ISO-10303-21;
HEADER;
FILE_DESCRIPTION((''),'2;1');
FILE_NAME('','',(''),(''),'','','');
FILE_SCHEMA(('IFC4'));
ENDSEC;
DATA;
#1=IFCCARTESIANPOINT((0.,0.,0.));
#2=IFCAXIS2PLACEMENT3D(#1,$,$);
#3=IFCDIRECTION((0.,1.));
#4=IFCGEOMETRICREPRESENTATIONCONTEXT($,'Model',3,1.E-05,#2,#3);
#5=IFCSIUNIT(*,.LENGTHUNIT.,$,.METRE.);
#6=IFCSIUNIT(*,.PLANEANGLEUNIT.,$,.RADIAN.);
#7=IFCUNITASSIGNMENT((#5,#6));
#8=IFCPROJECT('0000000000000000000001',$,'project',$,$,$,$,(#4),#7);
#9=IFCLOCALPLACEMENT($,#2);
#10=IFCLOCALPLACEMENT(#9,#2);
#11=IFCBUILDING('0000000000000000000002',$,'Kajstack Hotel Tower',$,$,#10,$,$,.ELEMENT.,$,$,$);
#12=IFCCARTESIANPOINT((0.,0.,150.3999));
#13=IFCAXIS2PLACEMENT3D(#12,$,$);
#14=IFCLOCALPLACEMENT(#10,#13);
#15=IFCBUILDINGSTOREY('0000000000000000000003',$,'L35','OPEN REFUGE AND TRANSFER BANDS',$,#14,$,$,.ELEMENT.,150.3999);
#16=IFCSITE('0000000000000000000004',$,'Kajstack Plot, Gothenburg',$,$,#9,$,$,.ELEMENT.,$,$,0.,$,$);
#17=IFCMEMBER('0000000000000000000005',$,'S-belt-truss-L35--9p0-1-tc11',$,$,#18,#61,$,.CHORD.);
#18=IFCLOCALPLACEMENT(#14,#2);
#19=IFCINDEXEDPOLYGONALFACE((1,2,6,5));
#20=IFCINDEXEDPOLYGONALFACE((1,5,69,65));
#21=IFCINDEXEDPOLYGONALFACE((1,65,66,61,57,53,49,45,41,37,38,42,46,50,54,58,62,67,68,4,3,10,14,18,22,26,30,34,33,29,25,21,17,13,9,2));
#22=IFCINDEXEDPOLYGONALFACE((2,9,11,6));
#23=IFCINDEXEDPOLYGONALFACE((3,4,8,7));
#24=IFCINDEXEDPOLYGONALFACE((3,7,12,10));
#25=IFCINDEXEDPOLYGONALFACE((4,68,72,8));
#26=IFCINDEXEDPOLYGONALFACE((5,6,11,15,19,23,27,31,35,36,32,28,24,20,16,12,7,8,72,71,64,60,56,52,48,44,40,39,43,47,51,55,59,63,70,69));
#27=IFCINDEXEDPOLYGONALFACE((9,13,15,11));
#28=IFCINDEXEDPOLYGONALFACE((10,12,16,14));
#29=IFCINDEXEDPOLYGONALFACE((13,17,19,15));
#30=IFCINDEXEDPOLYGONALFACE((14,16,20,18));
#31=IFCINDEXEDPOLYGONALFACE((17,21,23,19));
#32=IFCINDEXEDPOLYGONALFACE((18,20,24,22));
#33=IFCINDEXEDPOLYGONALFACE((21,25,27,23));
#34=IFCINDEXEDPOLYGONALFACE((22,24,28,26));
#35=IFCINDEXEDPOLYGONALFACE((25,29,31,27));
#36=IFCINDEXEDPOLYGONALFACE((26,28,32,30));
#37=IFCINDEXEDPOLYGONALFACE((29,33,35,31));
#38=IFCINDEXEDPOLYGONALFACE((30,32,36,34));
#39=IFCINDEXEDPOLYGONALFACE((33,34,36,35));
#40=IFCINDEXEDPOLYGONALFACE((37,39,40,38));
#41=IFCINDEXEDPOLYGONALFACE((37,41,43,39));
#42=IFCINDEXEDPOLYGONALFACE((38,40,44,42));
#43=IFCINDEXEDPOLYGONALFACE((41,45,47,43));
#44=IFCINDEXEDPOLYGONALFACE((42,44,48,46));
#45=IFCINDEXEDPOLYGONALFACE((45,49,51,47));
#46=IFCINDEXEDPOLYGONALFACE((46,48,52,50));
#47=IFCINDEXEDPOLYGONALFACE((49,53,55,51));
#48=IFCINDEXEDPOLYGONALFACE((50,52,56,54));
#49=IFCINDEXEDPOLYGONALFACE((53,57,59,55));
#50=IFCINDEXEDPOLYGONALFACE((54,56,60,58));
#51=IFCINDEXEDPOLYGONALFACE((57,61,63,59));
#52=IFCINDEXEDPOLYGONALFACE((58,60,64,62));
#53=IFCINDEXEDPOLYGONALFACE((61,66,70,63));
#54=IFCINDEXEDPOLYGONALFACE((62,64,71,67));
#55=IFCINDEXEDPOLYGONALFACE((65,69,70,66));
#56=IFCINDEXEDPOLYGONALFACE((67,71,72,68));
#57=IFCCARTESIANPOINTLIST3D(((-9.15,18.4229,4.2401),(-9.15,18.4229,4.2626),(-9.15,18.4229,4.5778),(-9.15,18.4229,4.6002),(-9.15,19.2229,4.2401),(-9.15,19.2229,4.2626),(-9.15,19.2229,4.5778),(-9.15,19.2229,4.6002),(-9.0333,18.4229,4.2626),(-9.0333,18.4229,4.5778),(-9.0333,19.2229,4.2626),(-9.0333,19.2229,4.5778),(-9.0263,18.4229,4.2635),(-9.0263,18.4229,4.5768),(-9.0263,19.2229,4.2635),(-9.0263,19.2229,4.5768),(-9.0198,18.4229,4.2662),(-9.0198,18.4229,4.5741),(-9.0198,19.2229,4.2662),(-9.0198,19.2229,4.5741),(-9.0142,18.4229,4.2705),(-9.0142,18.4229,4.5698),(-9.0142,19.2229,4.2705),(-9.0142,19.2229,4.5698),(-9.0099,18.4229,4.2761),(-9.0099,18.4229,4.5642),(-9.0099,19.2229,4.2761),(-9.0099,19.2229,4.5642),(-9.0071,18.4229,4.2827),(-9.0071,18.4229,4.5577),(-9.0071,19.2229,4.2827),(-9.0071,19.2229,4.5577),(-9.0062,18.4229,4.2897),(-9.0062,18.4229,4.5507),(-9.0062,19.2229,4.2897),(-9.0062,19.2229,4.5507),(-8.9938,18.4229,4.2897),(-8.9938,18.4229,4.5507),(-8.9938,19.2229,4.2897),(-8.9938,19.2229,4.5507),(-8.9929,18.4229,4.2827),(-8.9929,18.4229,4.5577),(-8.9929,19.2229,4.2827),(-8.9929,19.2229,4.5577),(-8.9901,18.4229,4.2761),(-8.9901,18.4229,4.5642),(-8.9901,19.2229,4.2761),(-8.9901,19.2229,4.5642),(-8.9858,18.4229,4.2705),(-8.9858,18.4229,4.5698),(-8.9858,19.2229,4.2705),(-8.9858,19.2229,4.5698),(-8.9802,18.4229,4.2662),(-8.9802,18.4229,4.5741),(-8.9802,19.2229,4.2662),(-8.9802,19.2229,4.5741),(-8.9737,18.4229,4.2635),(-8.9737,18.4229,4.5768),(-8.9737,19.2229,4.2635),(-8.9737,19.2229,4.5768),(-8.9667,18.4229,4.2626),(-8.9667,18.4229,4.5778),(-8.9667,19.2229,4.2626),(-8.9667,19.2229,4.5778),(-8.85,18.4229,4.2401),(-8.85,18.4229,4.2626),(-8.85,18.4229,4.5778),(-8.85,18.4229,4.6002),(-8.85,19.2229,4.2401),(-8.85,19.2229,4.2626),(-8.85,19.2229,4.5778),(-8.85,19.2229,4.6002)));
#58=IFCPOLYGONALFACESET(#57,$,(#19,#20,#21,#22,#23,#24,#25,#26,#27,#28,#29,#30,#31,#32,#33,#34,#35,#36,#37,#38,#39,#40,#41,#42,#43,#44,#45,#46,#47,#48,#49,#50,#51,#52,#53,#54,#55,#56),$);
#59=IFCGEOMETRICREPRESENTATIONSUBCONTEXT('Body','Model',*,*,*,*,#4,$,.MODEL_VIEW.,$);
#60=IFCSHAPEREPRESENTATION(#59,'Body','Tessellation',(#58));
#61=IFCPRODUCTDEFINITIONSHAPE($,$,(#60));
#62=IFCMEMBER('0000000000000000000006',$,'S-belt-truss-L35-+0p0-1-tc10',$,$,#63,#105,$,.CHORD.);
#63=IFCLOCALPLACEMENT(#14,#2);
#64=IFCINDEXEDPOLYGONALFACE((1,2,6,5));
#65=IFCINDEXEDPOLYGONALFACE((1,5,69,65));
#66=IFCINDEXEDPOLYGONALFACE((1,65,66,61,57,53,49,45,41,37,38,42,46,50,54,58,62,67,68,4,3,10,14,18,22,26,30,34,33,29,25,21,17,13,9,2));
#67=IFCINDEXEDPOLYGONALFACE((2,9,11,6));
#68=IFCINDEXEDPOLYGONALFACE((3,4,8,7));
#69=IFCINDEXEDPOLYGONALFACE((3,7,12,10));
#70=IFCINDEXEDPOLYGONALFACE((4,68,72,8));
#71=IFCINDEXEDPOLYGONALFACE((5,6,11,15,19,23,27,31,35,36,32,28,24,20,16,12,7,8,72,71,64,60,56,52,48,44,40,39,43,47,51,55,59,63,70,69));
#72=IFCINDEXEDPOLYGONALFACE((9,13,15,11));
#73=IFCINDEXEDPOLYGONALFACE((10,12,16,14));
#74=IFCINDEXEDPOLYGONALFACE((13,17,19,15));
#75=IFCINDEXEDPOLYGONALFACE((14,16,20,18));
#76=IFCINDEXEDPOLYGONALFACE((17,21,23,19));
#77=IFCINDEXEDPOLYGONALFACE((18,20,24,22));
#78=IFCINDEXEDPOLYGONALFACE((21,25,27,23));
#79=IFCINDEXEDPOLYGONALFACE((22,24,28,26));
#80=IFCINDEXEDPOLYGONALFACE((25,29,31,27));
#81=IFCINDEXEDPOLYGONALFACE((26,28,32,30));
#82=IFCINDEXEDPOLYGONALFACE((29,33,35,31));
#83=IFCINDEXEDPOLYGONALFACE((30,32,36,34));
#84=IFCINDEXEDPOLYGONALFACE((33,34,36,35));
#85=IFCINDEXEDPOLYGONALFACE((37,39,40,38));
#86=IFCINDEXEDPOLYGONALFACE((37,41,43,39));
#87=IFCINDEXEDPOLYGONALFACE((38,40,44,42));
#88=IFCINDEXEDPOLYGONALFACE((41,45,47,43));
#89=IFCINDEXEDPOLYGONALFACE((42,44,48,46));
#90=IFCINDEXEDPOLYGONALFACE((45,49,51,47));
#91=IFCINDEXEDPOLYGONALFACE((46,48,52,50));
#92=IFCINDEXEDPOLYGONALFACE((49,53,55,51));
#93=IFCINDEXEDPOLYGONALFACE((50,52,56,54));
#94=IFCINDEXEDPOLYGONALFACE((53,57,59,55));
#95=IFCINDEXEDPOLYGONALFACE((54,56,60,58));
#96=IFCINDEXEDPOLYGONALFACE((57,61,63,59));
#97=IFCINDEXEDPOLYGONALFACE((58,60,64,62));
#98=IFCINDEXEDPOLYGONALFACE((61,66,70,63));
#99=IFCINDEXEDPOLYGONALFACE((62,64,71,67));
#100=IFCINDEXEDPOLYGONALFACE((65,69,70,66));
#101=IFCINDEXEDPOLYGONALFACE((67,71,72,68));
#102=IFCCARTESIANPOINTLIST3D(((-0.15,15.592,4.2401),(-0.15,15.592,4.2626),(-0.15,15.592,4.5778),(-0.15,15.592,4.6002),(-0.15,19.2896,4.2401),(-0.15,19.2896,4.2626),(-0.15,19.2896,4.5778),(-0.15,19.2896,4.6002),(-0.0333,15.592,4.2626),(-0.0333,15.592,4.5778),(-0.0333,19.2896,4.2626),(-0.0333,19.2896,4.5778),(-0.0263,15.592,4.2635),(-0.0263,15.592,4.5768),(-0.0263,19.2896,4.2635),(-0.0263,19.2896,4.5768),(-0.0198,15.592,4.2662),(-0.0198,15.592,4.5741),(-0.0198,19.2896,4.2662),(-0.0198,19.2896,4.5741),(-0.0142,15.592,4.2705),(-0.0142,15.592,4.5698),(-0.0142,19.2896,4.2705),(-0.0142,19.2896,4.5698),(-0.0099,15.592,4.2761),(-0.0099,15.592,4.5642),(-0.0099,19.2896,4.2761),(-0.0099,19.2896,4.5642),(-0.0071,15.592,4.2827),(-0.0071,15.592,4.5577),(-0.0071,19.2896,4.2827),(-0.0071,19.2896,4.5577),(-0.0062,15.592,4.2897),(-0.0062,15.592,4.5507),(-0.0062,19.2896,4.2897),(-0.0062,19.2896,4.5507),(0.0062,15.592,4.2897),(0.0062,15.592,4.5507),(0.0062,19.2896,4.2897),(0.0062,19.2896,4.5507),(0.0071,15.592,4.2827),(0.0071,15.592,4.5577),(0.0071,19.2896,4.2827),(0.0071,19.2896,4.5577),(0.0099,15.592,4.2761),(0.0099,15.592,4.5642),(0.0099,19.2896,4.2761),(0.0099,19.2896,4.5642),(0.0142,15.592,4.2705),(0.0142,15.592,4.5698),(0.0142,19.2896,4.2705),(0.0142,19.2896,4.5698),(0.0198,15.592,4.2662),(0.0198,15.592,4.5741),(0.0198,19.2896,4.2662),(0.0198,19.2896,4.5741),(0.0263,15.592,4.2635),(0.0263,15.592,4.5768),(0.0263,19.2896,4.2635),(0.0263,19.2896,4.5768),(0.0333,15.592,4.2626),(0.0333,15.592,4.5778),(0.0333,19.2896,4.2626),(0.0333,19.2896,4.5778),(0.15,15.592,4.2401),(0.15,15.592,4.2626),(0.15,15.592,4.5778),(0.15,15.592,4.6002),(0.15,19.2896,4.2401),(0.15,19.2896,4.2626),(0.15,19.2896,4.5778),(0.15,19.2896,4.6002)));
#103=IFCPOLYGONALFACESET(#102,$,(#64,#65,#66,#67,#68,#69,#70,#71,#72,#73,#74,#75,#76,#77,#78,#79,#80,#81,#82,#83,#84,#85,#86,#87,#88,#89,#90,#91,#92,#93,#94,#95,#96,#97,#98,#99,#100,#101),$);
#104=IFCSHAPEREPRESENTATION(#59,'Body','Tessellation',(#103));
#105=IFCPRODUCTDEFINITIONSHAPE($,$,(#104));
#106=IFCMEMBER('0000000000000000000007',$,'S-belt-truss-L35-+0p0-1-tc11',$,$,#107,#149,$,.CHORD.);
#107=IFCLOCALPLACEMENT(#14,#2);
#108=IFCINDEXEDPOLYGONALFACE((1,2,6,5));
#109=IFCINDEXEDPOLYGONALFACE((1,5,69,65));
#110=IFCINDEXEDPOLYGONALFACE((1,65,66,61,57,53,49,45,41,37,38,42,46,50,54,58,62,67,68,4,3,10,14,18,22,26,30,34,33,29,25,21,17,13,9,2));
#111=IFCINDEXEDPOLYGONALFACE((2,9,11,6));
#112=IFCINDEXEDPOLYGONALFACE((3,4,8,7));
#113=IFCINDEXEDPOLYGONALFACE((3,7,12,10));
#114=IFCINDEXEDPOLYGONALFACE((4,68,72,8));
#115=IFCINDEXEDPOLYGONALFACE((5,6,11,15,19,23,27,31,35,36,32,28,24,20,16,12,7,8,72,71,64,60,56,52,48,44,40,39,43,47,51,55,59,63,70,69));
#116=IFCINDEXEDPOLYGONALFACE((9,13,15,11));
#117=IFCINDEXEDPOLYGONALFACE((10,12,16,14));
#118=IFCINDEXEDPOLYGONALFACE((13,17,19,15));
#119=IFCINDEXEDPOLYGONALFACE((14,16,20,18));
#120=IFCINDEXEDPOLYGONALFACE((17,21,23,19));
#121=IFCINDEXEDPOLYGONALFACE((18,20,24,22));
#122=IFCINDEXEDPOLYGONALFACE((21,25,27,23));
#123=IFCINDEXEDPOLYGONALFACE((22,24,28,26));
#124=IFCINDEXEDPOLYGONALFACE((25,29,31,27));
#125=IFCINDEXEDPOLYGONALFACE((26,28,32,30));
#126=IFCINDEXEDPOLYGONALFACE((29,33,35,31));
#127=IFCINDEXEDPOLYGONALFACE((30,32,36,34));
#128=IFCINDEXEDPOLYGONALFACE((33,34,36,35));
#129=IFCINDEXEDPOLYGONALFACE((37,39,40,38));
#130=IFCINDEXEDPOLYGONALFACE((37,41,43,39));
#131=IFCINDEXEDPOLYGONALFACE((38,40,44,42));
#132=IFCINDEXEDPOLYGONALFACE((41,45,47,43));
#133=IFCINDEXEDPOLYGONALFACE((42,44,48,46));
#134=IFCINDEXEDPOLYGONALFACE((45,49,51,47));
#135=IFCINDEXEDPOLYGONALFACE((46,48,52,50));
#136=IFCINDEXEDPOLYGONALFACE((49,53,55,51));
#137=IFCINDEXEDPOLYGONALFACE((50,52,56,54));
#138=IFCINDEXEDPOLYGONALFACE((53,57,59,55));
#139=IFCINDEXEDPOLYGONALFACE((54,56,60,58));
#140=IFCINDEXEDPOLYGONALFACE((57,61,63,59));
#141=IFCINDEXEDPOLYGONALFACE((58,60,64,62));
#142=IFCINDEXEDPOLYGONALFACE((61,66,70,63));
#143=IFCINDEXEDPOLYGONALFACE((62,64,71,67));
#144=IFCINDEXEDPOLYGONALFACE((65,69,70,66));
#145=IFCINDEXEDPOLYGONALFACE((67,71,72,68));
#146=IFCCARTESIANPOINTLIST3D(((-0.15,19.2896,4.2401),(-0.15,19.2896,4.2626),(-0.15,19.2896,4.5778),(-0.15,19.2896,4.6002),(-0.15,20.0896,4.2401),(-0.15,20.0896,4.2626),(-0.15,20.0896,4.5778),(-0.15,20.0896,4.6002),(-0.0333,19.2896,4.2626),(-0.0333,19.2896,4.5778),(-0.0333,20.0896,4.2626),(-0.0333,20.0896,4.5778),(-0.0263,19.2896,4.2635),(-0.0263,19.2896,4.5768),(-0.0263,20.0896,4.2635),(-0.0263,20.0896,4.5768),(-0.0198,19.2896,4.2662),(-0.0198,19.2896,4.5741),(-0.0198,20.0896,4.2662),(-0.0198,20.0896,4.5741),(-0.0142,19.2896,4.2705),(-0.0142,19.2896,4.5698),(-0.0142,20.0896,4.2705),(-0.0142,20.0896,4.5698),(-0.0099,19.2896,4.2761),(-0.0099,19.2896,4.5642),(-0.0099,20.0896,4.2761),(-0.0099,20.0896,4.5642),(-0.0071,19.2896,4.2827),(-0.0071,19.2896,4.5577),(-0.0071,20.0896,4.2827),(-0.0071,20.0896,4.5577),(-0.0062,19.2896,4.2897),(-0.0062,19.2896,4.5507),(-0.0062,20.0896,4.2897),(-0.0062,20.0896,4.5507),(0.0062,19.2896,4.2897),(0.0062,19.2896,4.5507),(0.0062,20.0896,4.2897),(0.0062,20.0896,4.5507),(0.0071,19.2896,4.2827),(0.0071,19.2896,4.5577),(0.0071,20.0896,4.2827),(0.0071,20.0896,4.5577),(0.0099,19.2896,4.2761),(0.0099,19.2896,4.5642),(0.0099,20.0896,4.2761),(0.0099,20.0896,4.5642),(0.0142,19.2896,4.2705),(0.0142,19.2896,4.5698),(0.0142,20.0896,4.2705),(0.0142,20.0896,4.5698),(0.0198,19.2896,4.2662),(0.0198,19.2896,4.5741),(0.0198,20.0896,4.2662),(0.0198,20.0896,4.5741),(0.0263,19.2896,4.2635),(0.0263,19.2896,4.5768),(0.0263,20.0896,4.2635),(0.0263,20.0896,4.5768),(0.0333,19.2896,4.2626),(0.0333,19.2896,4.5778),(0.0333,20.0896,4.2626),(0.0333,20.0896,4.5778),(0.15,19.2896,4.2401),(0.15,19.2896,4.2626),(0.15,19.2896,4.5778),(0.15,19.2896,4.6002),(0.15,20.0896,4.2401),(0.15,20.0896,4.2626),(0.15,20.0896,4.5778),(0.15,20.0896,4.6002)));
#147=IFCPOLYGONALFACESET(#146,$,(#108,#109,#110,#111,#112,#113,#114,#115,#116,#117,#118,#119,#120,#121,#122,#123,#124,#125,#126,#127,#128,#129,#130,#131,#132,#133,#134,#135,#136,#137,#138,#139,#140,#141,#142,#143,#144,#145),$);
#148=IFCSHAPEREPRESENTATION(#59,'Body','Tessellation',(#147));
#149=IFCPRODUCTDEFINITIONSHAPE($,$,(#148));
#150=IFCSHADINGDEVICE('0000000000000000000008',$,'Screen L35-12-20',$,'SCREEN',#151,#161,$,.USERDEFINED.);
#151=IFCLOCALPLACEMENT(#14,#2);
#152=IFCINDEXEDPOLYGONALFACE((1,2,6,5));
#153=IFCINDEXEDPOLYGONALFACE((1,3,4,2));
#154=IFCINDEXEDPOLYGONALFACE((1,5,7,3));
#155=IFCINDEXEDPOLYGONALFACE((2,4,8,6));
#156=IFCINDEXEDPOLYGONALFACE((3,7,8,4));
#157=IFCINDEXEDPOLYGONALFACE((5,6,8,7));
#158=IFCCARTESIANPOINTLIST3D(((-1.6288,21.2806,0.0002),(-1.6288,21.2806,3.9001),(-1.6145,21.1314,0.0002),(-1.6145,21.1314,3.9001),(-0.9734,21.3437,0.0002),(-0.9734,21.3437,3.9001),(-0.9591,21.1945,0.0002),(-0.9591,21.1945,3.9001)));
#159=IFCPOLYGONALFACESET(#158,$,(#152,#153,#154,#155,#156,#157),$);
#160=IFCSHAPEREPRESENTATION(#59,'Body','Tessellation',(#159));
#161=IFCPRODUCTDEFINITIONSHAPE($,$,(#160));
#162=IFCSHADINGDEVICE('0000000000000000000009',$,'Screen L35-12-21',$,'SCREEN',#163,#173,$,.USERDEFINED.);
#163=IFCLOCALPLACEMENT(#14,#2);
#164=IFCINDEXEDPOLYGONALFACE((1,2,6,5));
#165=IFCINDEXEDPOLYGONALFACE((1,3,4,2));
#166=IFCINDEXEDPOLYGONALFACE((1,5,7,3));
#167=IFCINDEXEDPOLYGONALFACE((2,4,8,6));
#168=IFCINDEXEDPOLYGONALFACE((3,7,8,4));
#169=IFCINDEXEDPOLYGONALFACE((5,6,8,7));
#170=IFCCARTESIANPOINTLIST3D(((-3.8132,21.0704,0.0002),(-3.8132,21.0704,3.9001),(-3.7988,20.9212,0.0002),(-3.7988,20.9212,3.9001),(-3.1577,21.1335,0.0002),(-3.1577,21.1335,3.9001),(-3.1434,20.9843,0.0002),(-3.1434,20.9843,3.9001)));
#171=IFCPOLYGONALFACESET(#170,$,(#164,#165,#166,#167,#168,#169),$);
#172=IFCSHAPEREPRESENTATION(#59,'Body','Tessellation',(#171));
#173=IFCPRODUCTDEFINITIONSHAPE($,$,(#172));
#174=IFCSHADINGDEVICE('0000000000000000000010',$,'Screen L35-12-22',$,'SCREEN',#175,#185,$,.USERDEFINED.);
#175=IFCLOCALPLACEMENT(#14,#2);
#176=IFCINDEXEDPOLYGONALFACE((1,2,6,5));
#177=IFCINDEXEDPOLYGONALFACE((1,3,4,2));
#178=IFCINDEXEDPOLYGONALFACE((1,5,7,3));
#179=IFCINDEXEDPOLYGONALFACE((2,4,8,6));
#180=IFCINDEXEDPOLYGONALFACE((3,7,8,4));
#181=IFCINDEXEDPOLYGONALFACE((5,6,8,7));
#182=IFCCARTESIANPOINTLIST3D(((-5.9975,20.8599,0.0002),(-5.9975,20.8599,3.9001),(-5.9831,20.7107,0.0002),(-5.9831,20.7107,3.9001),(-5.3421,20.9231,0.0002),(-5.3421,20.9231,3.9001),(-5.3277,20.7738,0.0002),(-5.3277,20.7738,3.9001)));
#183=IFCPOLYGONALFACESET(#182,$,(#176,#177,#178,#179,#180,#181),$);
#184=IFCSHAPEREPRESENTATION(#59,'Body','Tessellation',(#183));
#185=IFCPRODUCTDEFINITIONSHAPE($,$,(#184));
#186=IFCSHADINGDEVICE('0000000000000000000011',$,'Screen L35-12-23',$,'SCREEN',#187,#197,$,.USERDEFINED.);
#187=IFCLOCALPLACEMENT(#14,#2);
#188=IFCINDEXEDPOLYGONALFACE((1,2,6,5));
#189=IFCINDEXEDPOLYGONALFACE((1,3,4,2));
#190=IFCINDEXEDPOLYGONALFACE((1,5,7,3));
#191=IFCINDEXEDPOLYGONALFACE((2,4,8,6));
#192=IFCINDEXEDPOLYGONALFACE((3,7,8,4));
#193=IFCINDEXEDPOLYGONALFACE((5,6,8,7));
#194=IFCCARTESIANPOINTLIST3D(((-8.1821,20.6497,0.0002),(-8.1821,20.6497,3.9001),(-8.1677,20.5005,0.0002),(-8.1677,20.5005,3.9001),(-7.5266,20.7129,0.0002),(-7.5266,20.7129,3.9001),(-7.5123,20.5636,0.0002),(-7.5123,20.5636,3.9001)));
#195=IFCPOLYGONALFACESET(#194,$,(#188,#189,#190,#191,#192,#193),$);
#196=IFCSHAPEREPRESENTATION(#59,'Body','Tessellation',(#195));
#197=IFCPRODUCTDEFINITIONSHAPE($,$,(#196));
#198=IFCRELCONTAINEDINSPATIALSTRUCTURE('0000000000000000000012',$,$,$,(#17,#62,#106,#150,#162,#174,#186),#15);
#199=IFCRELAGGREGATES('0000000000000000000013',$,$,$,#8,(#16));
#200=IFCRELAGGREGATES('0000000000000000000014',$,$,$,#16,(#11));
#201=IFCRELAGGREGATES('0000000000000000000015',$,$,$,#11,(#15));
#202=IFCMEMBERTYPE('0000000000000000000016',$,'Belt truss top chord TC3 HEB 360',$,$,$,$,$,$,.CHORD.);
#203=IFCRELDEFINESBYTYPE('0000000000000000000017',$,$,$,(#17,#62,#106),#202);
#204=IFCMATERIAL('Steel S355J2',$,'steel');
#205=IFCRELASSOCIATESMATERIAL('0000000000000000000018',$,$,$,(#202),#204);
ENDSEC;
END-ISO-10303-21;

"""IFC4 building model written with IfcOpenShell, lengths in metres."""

from ifc_helpers import new_model, si_unit, direction, frame, origin, origin_2d, place, context, subcontext, project, spatial, rectangle, i_section, extrude, material, material_profile, profile_set, type_object, element, save


model = new_model("IFC4")

# Units and contexts
model_context = context("Model", 3, precision=1e-05, world=origin(), true_north=direction((0.0, 1.0)))
body_context = subcontext(model_context, "Body", "Model", "MODEL_VIEW")
ifc_project = project(units=[si_unit("LENGTHUNIT", "METRE"), si_unit("PLANEANGLEUNIT", "RADIAN")], contexts=[model_context])

# Site, building, storey
site_placement = place(None, origin())
site = spatial("IfcSite", under=ifc_project, at=site_placement, Name="Kajstack Plot, Gothenburg", CompositionType="ELEMENT", RefElevation=0.0)
building_placement = place(site_placement, origin())
building = spatial("IfcBuilding", under=site, at=building_placement, Name="Kajstack Hotel Tower", CompositionType="ELEMENT")
storey_placement = place(building_placement, frame((0.0, 0.0, 150.3999)))
storey = spatial("IfcBuildingStorey", under=building, at=storey_placement, Name="L35", Description="OPEN REFUGE AND TRANSFER BANDS", CompositionType="ELEMENT", Elevation=150.3999)

# Members
ifc_material = material(Name="Steel S355J2", Category="steel")
ifc_material_profile_1 = material_profile(ifc_material, i_section(OverallWidth=0.3, OverallDepth=0.3601, WebThickness=0.0125, FlangeThickness=0.0225, FilletRadius=0.0271, at=origin_2d()), Name="HEB 360")
ifc_profile_set_1 = profile_set([ifc_material_profile_1], Name="Steel S355J2")
member_type_1 = type_object("IfcMemberType", Name="Belt truss top chord TC3 HEB 360", PredefinedType="CHORD", material=ifc_profile_set_1)
member_1_placement = place(storey_placement, frame((-9.0, 18.4229, 4.4202), z_axis=(0.0, 1.0, 0.0), x_axis=(-1.0, 0.0, 0.0)))
element("IfcMember", 1, at=member_1_placement, inside=storey, type_object=member_type_1, Name="S-belt-truss-L35--9p0-1-tc11", PredefinedType="CHORD", context=body_context, shape_type="SweptSolid", body=[
    extrude(i_section(OverallWidth=0.3, OverallDepth=0.3601, WebThickness=0.0125, FlangeThickness=0.0225, FilletRadius=0.0271, at=origin_2d()), origin(), (0.0, 0.0, 1.0), 0.8),
])
member_2_placement = place(storey_placement, frame((0.0, 15.592, 4.4202), z_axis=(0.0, 1.0, 0.0), x_axis=(-1.0, 0.0, 0.0)))
element("IfcMember", 2, at=member_2_placement, inside=storey, type_object=member_type_1, Name="S-belt-truss-L35-+0p0-1-tc10", PredefinedType="CHORD", context=body_context, shape_type="SweptSolid", body=[
    extrude(i_section(OverallWidth=0.3, OverallDepth=0.3601, WebThickness=0.0125, FlangeThickness=0.0225, FilletRadius=0.0271, at=origin_2d()), origin(), (0.0, 0.0, 1.0), 3.6975),
])
member_3_placement = place(storey_placement, frame((0.0, 19.2896, 4.4202), z_axis=(0.0, 1.0, 0.0), x_axis=(-1.0, 0.0, 0.0)))
element("IfcMember", 3, at=member_3_placement, inside=storey, type_object=member_type_1, Name="S-belt-truss-L35-+0p0-1-tc11", PredefinedType="CHORD", context=body_context, shape_type="SweptSolid", body=[
    extrude(i_section(OverallWidth=0.3, OverallDepth=0.3601, WebThickness=0.0125, FlangeThickness=0.0225, FilletRadius=0.0271, at=origin_2d()), origin(), (0.0, 0.0, 1.0), 0.8),
])

# Shading devices
for number, where, z_axis, x_axis, name in (
    (4, (-1.2939, 21.2375, 0.0002), (0.0, 0.0, 1.0), (-0.995396, -0.095846, 0.0), "Screen L35-12-20"),
    (5, (-3.4783, 21.0273, 0.0002), (0.0, 0.0, 1.0), (-0.995396, -0.095846, 0.0), "Screen L35-12-21"),
    (6, (-5.6626, 20.8169, 0.0002), (0.0, 0.0, 1.0), (-0.995396, -0.095846, 0.0), "Screen L35-12-22"),
    (7, (-7.8472, 20.6067, 0.0002), (0.0, 0.0, 1.0), (-0.995396, -0.095846, 0.0), "Screen L35-12-23"),
):
    element("IfcShadingDevice", number, at=place(storey_placement, frame(where, z_axis=z_axis, x_axis=x_axis)), inside=storey, Name=name, ObjectType="SCREEN", PredefinedType="USERDEFINED", context=body_context, shape_type="SweptSolid", body=[
        extrude(rectangle(XDim=0.6584, YDim=0.1499, at=origin_2d()), origin(), (0.0, 0.0, 1.0), 3.8999),
    ])

save(model, "model.ifc")
